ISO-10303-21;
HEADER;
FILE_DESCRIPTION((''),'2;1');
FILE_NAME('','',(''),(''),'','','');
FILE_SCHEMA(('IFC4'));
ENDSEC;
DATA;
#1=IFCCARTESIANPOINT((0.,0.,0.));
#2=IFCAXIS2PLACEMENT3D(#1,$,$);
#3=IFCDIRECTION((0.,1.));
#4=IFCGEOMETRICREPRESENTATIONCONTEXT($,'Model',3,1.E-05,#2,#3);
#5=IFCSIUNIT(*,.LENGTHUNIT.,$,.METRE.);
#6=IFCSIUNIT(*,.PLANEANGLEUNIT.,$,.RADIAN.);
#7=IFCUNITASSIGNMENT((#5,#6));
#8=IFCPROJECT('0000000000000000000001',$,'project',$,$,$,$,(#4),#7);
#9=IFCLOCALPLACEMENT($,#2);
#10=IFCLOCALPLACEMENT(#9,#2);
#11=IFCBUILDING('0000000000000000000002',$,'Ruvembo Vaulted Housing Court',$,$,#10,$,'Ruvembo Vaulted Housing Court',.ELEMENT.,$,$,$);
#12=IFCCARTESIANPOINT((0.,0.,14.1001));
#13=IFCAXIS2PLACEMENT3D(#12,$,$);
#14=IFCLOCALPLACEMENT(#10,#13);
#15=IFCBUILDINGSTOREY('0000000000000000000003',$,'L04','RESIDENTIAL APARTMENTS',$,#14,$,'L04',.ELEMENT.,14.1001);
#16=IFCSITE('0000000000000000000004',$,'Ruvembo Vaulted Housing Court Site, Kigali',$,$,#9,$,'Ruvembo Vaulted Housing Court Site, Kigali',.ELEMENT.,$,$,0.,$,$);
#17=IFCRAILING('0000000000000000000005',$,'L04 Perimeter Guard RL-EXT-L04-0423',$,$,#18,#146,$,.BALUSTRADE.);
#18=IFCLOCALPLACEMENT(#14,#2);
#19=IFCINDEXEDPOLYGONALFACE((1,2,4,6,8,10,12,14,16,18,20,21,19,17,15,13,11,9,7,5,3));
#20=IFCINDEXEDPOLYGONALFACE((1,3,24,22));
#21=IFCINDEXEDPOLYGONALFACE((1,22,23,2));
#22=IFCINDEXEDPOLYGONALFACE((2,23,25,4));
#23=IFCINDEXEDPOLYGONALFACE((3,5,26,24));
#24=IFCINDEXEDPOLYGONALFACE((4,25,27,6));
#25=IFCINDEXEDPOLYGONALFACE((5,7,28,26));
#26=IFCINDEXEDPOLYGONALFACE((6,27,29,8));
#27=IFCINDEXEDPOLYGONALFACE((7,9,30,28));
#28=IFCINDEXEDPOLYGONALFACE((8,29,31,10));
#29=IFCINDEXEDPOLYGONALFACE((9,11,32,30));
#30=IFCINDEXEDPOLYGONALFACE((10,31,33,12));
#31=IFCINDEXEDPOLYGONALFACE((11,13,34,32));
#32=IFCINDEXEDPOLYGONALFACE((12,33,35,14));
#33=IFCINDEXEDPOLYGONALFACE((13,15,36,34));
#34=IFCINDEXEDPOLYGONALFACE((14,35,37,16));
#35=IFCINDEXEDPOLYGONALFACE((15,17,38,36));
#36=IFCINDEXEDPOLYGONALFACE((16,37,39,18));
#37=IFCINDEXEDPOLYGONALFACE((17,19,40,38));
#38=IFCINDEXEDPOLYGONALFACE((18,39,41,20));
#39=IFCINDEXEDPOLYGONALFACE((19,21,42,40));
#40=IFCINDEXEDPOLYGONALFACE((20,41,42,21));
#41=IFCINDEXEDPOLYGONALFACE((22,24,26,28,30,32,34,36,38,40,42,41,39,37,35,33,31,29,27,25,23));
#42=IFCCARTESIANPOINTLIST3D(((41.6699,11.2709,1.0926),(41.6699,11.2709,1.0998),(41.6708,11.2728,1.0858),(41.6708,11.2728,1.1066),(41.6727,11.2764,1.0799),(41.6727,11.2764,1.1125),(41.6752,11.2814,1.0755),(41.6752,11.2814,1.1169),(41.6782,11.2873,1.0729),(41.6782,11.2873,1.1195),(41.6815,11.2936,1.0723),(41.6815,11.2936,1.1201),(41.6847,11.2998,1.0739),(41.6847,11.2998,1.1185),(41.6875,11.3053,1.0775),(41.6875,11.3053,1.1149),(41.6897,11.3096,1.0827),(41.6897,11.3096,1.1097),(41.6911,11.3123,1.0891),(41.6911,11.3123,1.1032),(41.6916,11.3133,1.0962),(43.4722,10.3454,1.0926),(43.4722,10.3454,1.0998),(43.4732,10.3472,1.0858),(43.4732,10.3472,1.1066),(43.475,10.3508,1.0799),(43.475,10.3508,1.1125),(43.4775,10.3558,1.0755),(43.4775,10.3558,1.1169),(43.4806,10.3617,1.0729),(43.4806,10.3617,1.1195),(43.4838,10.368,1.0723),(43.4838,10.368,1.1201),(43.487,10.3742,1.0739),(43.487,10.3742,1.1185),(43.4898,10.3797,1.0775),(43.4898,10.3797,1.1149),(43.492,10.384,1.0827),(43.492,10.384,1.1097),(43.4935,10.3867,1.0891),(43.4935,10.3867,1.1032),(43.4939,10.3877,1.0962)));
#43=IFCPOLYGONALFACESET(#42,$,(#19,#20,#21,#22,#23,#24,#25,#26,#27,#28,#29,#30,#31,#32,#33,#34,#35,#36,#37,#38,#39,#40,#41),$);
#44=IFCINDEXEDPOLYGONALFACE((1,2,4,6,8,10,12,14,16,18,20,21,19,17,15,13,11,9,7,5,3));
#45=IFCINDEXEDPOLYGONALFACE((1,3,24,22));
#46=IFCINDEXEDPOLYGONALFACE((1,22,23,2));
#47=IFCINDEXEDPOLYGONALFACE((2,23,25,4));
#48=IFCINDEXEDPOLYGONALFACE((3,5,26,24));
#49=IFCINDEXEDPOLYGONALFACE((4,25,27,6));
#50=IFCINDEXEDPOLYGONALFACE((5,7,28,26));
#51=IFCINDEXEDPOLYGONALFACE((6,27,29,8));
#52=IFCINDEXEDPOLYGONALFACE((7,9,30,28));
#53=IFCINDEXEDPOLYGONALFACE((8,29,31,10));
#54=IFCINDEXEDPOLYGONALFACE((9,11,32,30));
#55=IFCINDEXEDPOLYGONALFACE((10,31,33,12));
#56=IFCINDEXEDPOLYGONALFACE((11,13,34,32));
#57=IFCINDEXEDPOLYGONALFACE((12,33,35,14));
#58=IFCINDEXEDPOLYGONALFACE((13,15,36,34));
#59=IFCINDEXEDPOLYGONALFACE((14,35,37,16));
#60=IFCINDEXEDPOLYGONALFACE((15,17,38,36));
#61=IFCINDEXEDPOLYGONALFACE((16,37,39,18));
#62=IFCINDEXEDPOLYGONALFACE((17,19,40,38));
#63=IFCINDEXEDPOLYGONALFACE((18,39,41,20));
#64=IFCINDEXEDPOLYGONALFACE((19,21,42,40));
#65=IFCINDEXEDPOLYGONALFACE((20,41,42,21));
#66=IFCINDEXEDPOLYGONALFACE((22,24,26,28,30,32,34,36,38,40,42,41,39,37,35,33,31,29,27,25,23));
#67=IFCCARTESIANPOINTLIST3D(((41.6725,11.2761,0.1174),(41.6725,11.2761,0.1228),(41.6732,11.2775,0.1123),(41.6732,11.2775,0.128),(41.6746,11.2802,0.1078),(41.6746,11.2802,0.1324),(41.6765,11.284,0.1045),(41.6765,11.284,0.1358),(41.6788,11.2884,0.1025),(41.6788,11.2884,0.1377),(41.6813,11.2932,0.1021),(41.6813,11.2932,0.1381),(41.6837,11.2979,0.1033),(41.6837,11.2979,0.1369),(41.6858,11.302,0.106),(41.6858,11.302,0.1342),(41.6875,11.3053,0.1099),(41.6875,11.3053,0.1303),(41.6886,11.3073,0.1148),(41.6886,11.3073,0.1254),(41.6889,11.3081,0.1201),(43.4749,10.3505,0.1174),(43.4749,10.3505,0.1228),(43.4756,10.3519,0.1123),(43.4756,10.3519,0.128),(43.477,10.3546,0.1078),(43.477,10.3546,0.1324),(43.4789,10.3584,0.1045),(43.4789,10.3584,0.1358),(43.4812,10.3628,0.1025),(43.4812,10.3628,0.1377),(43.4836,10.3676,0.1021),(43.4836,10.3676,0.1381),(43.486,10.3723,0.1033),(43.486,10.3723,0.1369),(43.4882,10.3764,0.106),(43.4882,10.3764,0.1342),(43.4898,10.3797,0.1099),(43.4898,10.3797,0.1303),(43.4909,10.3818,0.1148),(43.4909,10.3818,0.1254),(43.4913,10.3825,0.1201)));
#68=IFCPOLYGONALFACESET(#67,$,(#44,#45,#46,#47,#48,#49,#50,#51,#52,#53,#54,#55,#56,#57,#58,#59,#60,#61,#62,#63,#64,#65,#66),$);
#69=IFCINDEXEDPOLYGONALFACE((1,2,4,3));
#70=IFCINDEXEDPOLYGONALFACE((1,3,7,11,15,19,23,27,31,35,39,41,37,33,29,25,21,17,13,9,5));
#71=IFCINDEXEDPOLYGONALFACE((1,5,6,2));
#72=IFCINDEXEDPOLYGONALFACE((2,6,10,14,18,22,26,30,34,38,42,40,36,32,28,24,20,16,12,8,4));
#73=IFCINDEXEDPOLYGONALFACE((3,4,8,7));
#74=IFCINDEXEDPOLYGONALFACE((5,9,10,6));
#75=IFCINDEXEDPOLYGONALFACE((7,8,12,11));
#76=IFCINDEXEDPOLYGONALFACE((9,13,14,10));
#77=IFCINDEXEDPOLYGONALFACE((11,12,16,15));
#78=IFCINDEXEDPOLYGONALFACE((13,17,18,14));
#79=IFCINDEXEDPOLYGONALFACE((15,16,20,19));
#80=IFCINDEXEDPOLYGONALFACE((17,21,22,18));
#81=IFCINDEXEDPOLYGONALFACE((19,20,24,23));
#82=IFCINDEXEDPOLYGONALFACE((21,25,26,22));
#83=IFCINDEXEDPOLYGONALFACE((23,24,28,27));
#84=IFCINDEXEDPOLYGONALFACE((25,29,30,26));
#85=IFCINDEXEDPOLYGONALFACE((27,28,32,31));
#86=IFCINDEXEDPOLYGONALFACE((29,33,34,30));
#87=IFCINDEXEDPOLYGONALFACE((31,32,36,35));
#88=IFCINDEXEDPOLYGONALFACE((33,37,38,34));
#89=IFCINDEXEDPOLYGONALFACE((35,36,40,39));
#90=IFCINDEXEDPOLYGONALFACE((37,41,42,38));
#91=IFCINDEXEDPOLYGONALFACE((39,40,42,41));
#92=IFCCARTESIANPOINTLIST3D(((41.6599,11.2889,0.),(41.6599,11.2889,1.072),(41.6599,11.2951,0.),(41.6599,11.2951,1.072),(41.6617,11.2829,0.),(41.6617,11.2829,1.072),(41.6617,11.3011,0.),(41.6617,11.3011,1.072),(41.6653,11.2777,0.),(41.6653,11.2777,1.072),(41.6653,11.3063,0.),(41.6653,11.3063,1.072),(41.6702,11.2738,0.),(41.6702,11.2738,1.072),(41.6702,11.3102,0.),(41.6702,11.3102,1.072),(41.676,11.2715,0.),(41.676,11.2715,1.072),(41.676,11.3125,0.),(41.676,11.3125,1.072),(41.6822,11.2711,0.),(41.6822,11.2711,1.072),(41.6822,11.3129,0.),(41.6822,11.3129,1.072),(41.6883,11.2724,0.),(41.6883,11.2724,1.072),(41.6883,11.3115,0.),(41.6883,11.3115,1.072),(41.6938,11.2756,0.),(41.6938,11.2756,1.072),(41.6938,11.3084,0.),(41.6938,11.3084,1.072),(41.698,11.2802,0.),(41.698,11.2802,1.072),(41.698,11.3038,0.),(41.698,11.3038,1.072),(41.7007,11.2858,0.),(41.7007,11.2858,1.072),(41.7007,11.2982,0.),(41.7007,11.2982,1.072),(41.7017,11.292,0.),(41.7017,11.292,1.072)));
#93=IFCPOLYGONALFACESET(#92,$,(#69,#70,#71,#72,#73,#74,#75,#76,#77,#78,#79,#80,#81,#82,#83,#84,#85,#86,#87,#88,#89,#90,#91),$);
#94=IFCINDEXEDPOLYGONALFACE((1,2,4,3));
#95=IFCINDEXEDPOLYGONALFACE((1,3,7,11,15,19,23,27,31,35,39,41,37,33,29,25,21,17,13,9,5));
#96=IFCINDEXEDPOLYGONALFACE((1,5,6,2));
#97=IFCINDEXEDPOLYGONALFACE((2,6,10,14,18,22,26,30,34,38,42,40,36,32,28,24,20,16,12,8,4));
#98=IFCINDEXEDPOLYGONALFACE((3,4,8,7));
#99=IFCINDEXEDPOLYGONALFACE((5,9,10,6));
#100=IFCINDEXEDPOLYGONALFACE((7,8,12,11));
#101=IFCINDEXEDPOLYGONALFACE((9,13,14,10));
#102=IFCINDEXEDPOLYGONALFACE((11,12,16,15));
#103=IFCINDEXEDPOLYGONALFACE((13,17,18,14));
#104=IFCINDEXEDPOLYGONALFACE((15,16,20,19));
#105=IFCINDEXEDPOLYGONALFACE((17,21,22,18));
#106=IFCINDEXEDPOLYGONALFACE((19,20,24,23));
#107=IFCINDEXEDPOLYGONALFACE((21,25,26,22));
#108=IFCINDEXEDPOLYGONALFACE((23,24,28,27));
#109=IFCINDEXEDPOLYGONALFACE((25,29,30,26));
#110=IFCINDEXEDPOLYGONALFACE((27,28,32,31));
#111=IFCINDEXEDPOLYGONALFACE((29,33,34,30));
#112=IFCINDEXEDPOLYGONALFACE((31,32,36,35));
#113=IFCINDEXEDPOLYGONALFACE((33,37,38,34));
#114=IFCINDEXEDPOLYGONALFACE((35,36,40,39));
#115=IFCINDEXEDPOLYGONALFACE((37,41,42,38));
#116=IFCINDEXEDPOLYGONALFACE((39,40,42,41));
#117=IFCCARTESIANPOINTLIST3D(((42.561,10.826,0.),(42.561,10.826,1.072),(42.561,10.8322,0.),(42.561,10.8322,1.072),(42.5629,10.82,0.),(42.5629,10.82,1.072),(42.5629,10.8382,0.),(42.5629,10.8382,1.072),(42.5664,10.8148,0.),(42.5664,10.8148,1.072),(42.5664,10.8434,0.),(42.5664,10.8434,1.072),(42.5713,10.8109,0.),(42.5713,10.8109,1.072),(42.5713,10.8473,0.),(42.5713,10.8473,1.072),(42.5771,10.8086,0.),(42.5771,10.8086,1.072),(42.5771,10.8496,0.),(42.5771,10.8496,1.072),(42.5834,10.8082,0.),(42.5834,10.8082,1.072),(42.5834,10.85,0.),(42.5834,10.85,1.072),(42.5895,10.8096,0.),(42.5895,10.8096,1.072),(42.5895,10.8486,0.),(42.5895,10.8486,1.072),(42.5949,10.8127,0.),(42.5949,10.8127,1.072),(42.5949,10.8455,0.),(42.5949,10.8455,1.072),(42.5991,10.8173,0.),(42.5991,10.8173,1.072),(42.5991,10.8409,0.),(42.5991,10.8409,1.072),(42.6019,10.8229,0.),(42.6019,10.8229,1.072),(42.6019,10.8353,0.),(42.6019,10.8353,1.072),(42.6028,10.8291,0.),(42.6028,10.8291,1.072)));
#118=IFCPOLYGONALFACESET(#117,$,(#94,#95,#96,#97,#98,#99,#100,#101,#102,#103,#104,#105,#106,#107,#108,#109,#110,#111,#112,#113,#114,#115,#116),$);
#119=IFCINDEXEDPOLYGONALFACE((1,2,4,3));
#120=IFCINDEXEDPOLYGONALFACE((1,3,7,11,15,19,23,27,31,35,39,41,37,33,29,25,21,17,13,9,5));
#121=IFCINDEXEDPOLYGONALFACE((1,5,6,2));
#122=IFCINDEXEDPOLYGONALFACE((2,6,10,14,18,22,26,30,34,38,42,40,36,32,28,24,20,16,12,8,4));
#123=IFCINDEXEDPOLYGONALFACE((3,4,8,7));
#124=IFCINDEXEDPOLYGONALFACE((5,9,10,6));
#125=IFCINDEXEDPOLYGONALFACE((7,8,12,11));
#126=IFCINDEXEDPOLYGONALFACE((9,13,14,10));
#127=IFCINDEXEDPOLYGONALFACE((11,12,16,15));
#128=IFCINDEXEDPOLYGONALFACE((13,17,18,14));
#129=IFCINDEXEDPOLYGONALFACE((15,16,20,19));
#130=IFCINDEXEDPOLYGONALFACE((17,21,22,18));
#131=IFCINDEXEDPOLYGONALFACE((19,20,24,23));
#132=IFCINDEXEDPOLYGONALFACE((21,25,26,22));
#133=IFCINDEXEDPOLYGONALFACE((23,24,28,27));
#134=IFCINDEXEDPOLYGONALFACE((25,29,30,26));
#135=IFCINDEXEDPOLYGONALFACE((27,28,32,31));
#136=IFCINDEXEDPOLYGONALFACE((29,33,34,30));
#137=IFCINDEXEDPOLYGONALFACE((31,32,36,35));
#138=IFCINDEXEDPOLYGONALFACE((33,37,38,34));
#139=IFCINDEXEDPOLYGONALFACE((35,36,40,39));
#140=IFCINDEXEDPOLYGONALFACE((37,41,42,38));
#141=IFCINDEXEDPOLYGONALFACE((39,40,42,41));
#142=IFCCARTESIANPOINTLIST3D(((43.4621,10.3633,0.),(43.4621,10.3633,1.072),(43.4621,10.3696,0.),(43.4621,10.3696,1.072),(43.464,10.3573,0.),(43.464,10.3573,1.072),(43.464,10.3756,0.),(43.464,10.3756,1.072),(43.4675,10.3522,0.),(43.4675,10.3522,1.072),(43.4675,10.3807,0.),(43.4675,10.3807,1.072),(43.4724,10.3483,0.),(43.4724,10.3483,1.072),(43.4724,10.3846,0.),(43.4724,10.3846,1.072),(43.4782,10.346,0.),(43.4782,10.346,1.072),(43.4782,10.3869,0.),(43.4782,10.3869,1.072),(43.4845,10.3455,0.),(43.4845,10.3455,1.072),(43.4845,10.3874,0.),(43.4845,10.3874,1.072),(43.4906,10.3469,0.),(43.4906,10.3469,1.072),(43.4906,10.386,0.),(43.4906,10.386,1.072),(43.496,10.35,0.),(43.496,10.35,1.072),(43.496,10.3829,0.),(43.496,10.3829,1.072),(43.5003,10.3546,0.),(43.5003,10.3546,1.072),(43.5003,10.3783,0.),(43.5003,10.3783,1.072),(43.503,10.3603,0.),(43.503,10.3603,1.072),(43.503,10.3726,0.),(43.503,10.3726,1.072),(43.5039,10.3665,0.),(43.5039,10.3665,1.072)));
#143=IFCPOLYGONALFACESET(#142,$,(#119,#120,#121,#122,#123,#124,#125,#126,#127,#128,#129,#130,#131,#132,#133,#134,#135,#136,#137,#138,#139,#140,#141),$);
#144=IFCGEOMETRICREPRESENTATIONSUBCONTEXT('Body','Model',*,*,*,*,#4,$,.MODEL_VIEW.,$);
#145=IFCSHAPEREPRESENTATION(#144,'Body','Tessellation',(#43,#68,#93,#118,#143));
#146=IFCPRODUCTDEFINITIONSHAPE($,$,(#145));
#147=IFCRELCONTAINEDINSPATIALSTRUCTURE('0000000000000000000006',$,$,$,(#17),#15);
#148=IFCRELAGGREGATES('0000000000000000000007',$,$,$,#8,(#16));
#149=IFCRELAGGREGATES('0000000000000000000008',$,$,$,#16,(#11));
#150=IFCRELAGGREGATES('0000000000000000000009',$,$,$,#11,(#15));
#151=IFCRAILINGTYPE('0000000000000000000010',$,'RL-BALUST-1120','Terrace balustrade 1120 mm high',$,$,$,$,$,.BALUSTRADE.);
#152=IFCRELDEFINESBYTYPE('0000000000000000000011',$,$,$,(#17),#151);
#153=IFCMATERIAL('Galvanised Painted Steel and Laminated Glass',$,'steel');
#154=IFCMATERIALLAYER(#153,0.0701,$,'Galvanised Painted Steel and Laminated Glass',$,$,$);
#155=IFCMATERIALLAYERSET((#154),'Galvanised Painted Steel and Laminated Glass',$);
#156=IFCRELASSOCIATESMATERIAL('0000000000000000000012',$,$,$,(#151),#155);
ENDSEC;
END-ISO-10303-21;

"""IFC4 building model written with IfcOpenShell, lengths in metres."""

from ifc_helpers import new_model, si_unit, direction, frame, origin, origin_2d, place, context, subcontext, project, spatial, circle, extrude, material, layer, layer_set, type_object, element, save


model = new_model("IFC4")

# Units and contexts
model_context = context("Model", 3, precision=1e-05, world=origin(), true_north=direction((0.0, 1.0)))
body_context = subcontext(model_context, "Body", "Model", "MODEL_VIEW")
ifc_project = project(units=[si_unit("LENGTHUNIT", "METRE"), si_unit("PLANEANGLEUNIT", "RADIAN")], contexts=[model_context])

# Site, building, storey
site_placement = place(None, origin())
site = spatial("IfcSite", under=ifc_project, at=site_placement, Name="Ruvembo Vaulted Housing Court Site, Kigali", LongName="Ruvembo Vaulted Housing Court Site, Kigali", CompositionType="ELEMENT", RefElevation=0.0)
building_placement = place(site_placement, origin())
building = spatial("IfcBuilding", under=site, at=building_placement, Name="Ruvembo Vaulted Housing Court", LongName="Ruvembo Vaulted Housing Court", CompositionType="ELEMENT")
storey_placement = place(building_placement, frame((0.0, 0.0, 14.1001)))
storey = spatial("IfcBuildingStorey", under=building, at=storey_placement, Name="L04", Description="RESIDENTIAL APARTMENTS", LongName="L04", CompositionType="ELEMENT", Elevation=14.1001)

# Railing
ifc_material_1 = material(Name="Galvanised Painted Steel and Laminated Glass", Category="steel")
ifc_layer_1 = layer(ifc_material_1, 0.0701, Name="Galvanised Painted Steel and Laminated Glass")
ifc_layer_set_1 = layer_set([ifc_layer_1], Name="Galvanised Painted Steel and Laminated Glass")
railing_type = type_object("IfcRailingType", Name="RL-BALUST-1120", Description="Terrace balustrade 1120 mm high", PredefinedType="BALUSTRADE", material=ifc_layer_set_1)
railing_1_placement = place(storey_placement, frame((41.6807, 11.292, 0.0)))
element("IfcRailing", 1, at=railing_1_placement, inside=storey, type_object=railing_type, Name="L04 Perimeter Guard RL-EXT-L04-0423", PredefinedType="BALUSTRADE", context=body_context, shape_type="SweptSolid", body=[
    extrude(circle(Radius=0.0239, at=origin_2d()), frame((0.0, 0.0, 1.0962), z_axis=(0.889555, -0.456828, 0.0), x_axis=(0.456828, 0.889555, 0.0)), (0.0, 0.0, 1.0), 2.0261),
    extrude(circle(Radius=0.0181, at=origin_2d()), frame((0.0, 0.0, 0.1201), z_axis=(0.889555, -0.456828, 0.0), x_axis=(0.456828, 0.889555, 0.0)), (0.0, 0.0, 1.0), 2.0261),
    extrude(circle(Radius=0.021, at=origin_2d()), origin(), (0.0, 0.0, 1.0), 1.072),
    extrude(circle(Radius=0.021, at=origin_2d()), frame((0.9011, -0.4629, 0.0)), (0.0, 0.0, 1.0), 1.072),
    extrude(circle(Radius=0.021, at=origin_2d()), frame((1.8022, -0.9255, 0.0)), (0.0, 0.0, 1.0), 1.072),
])

save(model, "model.ifc")
